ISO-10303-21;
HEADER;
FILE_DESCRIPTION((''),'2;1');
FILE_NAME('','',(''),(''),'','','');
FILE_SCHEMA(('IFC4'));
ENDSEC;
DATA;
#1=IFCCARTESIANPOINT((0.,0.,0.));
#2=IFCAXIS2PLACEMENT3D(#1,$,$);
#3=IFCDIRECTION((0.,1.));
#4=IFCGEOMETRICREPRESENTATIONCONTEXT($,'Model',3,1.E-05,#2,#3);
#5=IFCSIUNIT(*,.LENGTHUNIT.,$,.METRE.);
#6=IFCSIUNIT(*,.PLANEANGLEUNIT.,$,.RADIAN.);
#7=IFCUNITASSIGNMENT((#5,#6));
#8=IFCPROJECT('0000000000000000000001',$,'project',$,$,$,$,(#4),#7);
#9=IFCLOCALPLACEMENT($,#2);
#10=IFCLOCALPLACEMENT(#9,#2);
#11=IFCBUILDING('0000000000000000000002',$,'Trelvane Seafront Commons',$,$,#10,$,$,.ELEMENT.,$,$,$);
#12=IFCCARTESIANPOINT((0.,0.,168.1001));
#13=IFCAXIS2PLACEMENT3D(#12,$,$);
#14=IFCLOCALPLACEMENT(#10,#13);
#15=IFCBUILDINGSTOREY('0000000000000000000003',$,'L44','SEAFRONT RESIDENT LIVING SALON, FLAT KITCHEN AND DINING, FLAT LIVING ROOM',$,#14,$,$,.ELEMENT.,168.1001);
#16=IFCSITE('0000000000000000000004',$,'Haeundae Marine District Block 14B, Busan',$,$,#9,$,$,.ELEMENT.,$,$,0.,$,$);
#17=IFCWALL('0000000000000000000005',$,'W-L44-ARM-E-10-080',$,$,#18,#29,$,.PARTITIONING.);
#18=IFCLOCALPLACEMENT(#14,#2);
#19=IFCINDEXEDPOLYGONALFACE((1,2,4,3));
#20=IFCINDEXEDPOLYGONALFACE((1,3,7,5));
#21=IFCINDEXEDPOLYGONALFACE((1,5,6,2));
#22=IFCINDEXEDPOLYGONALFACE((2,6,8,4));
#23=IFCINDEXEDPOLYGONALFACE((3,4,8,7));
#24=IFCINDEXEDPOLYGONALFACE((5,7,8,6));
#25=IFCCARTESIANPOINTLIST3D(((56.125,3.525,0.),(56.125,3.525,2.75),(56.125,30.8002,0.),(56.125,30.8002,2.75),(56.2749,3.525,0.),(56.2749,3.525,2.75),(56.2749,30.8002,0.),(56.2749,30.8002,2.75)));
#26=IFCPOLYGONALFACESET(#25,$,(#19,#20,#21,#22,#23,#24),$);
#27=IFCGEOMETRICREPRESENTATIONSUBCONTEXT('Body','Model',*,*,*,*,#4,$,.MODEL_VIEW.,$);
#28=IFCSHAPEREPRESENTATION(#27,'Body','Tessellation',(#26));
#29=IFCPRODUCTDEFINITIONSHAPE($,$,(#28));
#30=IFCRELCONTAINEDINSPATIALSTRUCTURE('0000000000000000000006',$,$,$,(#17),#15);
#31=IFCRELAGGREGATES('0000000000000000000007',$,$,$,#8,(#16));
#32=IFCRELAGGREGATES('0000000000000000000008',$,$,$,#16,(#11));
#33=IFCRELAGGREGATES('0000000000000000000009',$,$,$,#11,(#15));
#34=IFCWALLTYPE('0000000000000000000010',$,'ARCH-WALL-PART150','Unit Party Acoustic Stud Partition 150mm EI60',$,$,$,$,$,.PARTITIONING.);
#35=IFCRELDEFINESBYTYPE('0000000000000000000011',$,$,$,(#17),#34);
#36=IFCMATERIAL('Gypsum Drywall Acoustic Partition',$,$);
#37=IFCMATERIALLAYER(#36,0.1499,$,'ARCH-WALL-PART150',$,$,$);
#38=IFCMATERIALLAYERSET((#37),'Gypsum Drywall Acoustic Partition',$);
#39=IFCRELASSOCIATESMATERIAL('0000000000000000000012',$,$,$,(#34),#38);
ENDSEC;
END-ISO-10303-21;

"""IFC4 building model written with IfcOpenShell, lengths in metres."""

from ifc_helpers import new_model, si_unit, direction, frame, frame_2d, origin, place, context, subcontext, project, spatial, rectangle, extrude, material, layer, layer_set, type_object, element, save


model = new_model("IFC4")

# Units and contexts
model_context = context("Model", 3, precision=1e-05, world=origin(), true_north=direction((0.0, 1.0)))
body_context = subcontext(model_context, "Body", "Model", "MODEL_VIEW")
ifc_project = project(units=[si_unit("LENGTHUNIT", "METRE"), si_unit("PLANEANGLEUNIT", "RADIAN")], contexts=[model_context])

# Site, building, storey
site_placement = place(None, origin())
site = spatial("IfcSite", under=ifc_project, at=site_placement, Name="Haeundae Marine District Block 14B, Busan", CompositionType="ELEMENT", RefElevation=0.0)
building_placement = place(site_placement, origin())
building = spatial("IfcBuilding", under=site, at=building_placement, Name="Trelvane Seafront Commons", CompositionType="ELEMENT")
storey_placement = place(building_placement, frame((0.0, 0.0, 168.1001)))
storey = spatial("IfcBuildingStorey", under=building, at=storey_placement, Name="L44", Description="SEAFRONT RESIDENT LIVING SALON, FLAT KITCHEN AND DINING, FLAT LIVING ROOM", CompositionType="ELEMENT", Elevation=168.1001)

# Shared definitions
ifc_material_1 = material(Name="Gypsum Drywall Acoustic Partition")

# Wall
ifc_layer_1 = layer(ifc_material_1, 0.1499, Name="ARCH-WALL-PART150")
ifc_layer_set_1 = layer_set([ifc_layer_1], Name="Gypsum Drywall Acoustic Partition")
wall_type_1 = type_object("IfcWallType", Name="ARCH-WALL-PART150", Description="Unit Party Acoustic Stud Partition 150mm EI60", PredefinedType="PARTITIONING", material=ifc_layer_set_1)
for number, where, z_axis, x_axis, name in (
    (1, (56.2, 3.5249, 0.0), (0.0, 0.0, 1.0), (0.0, 1.0, 0.0), "W-L44-ARM-E-10-080"),
):
    element("IfcWall", number, at=place(storey_placement, frame(where, z_axis=z_axis, x_axis=x_axis)), inside=storey, type_object=wall_type_1, Name=name, PredefinedType="PARTITIONING", context=body_context, shape_type="SweptSolid", body=[
        extrude(rectangle(XDim=27.2751, YDim=0.1499, at=frame_2d((13.6377, 0.0))), origin(), (0.0, 0.0, 1.0), 2.75),
    ])

save(model, "model.ifc")
